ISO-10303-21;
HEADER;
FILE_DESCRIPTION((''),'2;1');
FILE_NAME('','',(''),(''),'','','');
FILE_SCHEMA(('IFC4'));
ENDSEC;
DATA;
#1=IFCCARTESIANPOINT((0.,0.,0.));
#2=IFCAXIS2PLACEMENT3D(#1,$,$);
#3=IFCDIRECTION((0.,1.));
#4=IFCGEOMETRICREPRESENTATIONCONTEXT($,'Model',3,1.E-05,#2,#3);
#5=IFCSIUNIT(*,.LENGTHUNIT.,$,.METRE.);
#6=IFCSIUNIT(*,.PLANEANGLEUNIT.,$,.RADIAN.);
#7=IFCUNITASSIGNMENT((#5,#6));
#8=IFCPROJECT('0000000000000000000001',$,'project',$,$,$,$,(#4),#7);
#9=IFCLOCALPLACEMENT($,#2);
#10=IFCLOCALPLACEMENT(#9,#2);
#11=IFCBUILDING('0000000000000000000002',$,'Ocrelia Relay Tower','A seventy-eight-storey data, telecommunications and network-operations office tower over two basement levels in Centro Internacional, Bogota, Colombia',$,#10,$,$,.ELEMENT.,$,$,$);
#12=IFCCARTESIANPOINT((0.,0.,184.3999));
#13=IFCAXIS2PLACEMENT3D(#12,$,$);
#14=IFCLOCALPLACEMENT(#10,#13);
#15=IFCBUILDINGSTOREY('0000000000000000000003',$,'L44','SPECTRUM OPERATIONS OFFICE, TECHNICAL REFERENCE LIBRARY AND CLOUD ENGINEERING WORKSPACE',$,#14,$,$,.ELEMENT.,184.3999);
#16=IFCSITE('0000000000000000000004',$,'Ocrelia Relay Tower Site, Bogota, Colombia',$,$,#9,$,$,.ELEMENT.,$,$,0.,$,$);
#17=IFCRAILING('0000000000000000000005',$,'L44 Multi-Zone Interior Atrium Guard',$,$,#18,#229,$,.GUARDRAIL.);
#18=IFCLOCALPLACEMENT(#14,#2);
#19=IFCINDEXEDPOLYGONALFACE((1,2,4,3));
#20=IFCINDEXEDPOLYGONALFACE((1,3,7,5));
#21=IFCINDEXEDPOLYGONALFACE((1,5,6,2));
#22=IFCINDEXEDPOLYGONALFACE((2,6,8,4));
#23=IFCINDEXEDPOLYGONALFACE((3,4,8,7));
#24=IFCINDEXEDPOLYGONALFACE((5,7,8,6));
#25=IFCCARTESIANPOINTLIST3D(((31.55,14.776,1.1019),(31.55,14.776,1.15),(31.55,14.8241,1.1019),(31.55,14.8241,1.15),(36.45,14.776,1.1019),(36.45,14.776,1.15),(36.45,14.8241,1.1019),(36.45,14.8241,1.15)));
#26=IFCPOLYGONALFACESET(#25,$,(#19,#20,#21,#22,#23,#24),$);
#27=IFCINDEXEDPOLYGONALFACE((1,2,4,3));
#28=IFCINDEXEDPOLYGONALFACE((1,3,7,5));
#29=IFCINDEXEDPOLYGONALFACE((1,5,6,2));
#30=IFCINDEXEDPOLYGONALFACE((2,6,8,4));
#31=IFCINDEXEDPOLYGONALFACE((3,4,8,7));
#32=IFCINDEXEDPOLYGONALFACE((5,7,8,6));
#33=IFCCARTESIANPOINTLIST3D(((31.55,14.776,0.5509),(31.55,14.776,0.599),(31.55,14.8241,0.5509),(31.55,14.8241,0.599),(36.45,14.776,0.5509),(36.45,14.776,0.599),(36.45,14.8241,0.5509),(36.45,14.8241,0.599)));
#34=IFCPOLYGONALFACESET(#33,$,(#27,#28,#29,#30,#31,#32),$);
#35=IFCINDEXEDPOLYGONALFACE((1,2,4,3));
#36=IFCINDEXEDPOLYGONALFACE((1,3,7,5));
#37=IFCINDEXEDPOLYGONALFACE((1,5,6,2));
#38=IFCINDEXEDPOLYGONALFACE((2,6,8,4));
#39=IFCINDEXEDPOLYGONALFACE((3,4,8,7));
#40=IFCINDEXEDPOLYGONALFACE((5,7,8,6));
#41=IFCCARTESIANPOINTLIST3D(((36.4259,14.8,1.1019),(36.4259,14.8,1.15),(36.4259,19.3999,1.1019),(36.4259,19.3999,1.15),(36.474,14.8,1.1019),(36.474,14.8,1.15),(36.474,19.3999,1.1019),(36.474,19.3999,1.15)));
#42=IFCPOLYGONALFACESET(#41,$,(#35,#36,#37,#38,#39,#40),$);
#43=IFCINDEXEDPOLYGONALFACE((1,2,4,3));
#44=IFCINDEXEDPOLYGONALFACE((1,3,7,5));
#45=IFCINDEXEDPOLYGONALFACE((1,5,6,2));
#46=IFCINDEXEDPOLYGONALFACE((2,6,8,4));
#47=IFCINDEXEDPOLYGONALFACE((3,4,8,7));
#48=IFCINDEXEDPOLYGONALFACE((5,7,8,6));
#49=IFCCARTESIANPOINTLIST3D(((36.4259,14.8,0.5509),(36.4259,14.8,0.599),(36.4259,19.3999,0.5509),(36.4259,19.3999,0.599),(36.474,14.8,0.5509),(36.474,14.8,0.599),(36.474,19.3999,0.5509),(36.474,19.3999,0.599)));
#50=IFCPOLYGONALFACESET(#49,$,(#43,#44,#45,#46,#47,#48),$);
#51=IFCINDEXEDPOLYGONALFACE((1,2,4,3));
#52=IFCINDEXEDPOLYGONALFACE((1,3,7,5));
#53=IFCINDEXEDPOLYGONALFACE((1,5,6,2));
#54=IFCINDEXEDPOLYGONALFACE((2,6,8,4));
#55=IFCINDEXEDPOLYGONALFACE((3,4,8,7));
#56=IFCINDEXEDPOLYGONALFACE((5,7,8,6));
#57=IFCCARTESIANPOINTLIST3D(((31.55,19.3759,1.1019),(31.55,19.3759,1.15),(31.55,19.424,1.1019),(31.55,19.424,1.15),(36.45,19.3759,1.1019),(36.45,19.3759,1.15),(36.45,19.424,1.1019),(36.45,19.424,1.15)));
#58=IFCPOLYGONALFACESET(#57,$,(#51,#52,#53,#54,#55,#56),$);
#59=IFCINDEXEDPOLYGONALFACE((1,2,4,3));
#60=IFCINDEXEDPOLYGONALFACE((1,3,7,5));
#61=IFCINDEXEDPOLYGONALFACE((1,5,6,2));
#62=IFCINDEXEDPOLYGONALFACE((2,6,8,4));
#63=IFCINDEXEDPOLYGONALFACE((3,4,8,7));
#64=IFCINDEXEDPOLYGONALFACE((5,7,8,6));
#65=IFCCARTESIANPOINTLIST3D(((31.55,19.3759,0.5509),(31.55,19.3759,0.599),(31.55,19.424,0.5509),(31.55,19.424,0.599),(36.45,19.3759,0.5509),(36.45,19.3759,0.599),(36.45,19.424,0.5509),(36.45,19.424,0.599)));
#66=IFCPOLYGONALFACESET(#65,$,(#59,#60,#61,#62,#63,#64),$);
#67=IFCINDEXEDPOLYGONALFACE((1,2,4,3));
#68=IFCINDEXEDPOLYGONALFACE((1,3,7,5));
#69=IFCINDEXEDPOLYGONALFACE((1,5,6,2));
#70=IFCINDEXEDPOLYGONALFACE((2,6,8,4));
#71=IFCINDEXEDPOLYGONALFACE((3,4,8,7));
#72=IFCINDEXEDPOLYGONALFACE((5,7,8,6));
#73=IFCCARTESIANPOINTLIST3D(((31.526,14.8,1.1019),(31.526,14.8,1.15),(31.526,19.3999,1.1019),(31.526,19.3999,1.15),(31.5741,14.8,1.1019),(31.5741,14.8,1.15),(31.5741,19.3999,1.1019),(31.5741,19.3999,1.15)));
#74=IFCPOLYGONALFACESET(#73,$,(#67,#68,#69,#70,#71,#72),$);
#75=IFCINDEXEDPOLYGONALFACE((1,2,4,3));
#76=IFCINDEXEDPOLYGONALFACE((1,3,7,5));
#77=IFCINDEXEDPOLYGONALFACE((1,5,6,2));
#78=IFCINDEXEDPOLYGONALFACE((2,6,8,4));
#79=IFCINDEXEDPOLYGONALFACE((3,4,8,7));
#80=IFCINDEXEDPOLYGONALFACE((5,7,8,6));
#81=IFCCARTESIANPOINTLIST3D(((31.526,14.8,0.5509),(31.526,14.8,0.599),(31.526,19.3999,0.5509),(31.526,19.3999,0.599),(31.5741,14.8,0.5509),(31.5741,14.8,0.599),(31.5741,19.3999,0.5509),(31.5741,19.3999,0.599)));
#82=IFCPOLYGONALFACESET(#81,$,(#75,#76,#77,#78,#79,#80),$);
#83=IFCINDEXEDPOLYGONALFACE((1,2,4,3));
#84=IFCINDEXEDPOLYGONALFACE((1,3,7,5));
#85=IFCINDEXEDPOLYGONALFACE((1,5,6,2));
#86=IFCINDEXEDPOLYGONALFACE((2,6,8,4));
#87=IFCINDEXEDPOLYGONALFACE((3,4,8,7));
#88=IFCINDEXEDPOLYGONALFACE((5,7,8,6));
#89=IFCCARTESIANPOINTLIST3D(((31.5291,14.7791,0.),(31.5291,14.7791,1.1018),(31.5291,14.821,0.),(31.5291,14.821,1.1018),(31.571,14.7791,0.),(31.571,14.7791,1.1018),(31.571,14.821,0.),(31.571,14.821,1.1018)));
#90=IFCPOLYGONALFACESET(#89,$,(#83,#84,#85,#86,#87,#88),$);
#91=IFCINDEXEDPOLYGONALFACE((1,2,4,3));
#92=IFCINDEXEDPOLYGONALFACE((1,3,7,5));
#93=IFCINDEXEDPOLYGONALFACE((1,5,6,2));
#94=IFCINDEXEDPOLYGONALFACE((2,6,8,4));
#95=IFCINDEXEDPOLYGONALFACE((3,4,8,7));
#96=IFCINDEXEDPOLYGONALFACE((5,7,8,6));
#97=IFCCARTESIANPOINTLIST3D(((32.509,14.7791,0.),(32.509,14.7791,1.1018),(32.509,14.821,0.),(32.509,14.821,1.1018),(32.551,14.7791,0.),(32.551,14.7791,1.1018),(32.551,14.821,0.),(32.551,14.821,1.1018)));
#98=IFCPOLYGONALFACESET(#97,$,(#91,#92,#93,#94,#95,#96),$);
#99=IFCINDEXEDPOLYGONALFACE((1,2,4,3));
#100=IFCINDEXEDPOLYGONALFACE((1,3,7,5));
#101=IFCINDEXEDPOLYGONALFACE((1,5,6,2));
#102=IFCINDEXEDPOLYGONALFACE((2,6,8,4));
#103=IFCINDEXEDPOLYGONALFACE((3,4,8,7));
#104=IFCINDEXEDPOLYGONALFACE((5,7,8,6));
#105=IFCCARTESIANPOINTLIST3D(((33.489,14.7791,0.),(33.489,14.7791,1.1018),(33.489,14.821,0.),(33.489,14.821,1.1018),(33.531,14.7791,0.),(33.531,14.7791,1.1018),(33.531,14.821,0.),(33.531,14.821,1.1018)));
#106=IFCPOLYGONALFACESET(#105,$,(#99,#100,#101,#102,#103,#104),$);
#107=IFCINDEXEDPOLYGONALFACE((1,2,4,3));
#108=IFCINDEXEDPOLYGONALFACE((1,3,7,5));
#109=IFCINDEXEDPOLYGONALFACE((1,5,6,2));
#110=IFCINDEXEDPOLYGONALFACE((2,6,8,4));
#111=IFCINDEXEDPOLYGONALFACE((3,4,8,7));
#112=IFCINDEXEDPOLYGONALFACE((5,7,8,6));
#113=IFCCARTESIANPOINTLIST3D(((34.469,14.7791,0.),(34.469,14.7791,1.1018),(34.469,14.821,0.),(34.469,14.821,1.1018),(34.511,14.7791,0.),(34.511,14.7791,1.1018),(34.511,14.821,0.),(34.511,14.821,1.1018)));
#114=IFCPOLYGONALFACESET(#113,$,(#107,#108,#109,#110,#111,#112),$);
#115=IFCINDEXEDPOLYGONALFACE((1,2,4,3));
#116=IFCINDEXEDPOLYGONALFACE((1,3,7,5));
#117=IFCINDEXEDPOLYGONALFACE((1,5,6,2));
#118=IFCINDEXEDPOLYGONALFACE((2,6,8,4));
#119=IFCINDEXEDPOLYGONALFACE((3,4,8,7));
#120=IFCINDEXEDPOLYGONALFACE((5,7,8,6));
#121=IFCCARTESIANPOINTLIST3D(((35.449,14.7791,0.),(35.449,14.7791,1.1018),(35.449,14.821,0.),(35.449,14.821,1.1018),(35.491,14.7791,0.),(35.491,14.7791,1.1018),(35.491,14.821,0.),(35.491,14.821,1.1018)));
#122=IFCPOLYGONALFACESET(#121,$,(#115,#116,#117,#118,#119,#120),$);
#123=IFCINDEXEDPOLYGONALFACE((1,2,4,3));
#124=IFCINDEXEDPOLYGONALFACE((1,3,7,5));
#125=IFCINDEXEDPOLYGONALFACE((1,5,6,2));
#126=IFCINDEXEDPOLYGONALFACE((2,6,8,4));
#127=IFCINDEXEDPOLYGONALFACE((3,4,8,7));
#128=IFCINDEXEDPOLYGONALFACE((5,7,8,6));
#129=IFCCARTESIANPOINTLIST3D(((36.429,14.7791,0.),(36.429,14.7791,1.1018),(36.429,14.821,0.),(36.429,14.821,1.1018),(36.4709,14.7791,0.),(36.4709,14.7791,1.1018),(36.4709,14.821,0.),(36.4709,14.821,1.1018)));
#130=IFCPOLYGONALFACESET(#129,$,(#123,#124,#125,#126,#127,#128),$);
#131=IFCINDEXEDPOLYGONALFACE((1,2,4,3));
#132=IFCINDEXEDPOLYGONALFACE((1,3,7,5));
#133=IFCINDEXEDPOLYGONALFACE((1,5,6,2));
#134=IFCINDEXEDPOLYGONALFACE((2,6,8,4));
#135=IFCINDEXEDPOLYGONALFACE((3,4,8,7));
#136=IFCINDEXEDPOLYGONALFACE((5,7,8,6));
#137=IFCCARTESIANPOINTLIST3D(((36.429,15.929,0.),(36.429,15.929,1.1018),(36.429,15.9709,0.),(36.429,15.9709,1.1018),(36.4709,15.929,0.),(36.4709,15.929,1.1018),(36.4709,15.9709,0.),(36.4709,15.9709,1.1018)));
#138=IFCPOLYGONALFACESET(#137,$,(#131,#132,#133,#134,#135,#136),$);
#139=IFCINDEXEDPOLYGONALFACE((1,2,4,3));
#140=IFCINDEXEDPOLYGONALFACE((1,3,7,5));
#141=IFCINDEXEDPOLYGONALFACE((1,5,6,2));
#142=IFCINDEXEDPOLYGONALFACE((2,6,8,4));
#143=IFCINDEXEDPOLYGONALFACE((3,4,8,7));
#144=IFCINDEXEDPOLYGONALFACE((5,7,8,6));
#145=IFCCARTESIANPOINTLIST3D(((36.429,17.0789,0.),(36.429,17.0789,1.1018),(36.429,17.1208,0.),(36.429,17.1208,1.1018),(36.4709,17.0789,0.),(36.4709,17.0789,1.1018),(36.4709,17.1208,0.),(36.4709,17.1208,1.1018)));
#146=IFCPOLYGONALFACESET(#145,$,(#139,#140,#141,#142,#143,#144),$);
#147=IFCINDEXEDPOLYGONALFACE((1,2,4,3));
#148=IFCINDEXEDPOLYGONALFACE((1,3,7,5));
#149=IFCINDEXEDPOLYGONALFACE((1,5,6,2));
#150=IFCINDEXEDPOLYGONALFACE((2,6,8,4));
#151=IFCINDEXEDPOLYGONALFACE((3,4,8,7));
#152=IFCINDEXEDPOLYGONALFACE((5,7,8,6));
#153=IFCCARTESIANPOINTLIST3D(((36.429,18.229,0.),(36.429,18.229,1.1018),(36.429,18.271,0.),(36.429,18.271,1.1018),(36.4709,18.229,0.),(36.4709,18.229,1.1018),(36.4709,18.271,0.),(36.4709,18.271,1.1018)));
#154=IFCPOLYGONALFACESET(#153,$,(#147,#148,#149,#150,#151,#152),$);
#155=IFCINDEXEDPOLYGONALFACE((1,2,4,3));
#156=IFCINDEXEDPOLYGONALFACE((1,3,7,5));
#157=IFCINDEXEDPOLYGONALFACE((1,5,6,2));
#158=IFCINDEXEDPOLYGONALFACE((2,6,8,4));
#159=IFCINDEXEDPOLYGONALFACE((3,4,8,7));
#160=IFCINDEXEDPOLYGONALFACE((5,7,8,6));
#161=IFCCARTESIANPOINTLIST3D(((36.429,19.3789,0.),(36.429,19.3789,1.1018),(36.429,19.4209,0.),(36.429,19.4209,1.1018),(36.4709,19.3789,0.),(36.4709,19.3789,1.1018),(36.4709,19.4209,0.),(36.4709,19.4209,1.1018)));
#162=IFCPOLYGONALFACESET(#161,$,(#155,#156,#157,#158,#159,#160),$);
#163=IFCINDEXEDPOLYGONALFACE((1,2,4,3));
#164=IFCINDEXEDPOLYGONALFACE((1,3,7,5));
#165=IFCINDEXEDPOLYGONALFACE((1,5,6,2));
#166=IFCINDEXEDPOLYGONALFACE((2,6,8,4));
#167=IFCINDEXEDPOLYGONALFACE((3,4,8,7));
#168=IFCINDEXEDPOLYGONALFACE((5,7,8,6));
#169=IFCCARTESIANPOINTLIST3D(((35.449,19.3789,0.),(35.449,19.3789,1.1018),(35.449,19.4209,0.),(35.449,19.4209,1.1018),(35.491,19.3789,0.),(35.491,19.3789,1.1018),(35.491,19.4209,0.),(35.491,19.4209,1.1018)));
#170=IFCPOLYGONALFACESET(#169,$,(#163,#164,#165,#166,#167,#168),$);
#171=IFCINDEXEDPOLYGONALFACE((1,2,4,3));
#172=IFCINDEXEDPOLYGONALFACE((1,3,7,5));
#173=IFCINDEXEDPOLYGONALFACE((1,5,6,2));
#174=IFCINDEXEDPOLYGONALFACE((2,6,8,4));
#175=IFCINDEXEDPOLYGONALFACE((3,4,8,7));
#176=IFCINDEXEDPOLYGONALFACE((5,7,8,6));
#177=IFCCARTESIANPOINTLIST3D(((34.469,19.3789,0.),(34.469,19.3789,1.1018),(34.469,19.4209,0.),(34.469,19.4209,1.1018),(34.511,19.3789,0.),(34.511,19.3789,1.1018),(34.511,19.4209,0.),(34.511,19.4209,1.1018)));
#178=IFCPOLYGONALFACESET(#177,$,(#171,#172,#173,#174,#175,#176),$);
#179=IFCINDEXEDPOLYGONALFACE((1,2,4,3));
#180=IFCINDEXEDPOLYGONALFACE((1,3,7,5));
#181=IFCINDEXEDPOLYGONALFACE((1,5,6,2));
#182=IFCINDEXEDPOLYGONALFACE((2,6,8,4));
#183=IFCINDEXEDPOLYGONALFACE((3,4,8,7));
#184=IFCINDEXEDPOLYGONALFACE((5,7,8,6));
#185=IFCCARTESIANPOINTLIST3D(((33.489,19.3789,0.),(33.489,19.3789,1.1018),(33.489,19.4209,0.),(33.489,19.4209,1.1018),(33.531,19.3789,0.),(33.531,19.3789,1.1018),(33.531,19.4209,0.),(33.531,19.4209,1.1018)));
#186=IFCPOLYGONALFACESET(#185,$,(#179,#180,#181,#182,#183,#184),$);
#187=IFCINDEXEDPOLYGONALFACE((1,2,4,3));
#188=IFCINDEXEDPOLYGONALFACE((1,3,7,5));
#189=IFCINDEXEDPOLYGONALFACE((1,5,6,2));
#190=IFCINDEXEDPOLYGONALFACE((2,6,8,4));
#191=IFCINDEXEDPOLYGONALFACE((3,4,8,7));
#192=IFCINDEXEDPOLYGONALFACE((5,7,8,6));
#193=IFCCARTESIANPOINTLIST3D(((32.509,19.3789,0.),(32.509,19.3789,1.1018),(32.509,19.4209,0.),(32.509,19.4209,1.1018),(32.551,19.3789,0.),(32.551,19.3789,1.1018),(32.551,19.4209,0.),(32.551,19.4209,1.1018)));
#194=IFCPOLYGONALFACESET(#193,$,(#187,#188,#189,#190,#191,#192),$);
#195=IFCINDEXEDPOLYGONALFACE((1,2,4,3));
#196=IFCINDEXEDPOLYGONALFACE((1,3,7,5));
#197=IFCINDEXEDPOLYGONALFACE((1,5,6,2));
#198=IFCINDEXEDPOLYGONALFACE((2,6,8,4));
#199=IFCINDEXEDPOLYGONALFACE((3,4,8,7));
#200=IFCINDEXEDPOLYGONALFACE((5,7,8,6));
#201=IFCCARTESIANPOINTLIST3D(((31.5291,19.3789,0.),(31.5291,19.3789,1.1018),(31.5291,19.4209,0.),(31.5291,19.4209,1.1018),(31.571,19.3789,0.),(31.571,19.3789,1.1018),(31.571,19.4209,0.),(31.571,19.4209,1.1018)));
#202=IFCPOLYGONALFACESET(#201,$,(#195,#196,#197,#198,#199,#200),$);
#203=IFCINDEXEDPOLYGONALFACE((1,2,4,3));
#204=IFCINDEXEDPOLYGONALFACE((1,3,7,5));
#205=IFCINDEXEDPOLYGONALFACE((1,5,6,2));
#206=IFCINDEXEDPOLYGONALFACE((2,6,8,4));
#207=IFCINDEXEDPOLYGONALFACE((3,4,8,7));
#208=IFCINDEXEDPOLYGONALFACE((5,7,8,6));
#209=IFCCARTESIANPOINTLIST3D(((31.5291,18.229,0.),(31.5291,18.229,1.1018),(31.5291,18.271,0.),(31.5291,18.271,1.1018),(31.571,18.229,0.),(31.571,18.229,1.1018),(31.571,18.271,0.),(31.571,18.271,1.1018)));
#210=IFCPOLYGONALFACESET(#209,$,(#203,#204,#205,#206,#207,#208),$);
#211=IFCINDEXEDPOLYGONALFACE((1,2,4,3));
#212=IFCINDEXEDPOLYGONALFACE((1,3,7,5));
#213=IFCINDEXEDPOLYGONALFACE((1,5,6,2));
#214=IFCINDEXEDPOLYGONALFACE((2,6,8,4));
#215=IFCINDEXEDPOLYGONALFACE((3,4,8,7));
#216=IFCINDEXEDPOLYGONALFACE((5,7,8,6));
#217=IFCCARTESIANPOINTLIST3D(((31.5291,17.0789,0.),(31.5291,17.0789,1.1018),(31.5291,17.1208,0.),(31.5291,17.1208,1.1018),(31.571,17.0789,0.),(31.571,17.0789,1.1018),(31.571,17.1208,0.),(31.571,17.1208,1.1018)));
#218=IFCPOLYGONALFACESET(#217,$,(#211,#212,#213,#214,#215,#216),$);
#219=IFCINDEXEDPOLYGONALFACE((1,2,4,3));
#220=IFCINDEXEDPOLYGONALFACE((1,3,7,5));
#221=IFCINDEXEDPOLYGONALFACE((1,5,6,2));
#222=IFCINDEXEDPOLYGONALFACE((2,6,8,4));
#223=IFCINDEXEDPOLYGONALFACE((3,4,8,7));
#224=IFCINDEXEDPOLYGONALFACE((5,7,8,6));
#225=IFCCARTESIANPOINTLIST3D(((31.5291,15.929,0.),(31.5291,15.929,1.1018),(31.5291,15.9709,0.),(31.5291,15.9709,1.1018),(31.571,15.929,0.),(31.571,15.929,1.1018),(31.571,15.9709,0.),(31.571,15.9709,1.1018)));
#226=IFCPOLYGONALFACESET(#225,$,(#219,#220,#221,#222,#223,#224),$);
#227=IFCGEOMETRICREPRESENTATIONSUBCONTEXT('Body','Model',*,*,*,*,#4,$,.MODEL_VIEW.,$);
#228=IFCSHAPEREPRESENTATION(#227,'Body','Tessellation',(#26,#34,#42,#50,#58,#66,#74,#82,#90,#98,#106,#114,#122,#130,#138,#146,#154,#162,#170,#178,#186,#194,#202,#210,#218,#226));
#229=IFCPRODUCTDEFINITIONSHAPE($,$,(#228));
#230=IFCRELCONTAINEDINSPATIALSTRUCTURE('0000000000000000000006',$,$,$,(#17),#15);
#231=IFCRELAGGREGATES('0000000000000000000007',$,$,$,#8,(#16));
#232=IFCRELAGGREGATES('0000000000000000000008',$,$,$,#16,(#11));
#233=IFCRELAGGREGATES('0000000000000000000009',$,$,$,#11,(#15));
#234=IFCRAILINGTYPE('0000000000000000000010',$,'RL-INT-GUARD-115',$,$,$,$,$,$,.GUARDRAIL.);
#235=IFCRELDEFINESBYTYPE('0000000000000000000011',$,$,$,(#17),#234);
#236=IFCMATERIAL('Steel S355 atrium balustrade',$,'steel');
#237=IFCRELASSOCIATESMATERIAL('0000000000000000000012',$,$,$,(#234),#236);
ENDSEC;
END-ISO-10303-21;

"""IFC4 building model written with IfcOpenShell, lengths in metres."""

from ifc_helpers import new_model, si_unit, direction, frame, origin, origin_2d, place, context, subcontext, project, spatial, rectangle, extrude, material, type_object, element, save


model = new_model("IFC4")

# Units and contexts
model_context = context("Model", 3, precision=1e-05, world=origin(), true_north=direction((0.0, 1.0)))
body_context = subcontext(model_context, "Body", "Model", "MODEL_VIEW")
ifc_project = project(units=[si_unit("LENGTHUNIT", "METRE"), si_unit("PLANEANGLEUNIT", "RADIAN")], contexts=[model_context])

# Site, building, storey
site_placement = place(None, origin())
site = spatial("IfcSite", under=ifc_project, at=site_placement, Name="Ocrelia Relay Tower Site, Bogota, Colombia", CompositionType="ELEMENT", RefElevation=0.0)
building_placement = place(site_placement, origin())
building = spatial("IfcBuilding", under=site, at=building_placement, Name="Ocrelia Relay Tower", Description="A seventy-eight-storey data, telecommunications and network-operations office tower over two basement levels in Centro Internacional, Bogota, Colombia", CompositionType="ELEMENT")
storey_placement = place(building_placement, frame((0.0, 0.0, 184.3999)))
storey = spatial("IfcBuildingStorey", under=building, at=storey_placement, Name="L44", Description="SPECTRUM OPERATIONS OFFICE, TECHNICAL REFERENCE LIBRARY AND CLOUD ENGINEERING WORKSPACE", CompositionType="ELEMENT", Elevation=184.3999)

# Railing
ifc_material_1 = material(Name="Steel S355 atrium balustrade", Category="steel")
railing_type_1 = type_object("IfcRailingType", Name="RL-INT-GUARD-115", PredefinedType="GUARDRAIL", material=ifc_material_1)
railing_1_placement = place(storey_placement, frame((31.55, 14.8, 0.0)))
element("IfcRailing", 1, at=railing_1_placement, inside=storey, type_object=railing_type_1, Name="L44 Multi-Zone Interior Atrium Guard", PredefinedType="GUARDRAIL", context=body_context, shape_type="SweptSolid", body=[
    extrude(rectangle(XDim=0.0481, YDim=0.0481, at=origin_2d()), frame((0.0, 0.0, 1.126), z_axis=(1.0, 0.0, 0.0), x_axis=(0.0, 1.0, 0.0)), (0.0, 0.0, 1.0), 4.8999),
    extrude(rectangle(XDim=0.0481, YDim=0.0481, at=origin_2d()), frame((0.0, 0.0, 0.575), z_axis=(1.0, 0.0, 0.0), x_axis=(0.0, 1.0, 0.0)), (0.0, 0.0, 1.0), 4.8999),
    extrude(rectangle(XDim=0.0481, YDim=0.0481, at=origin_2d()), frame((4.8999, 0.0, 1.126), z_axis=(0.0, 1.0, 0.0), x_axis=(-1.0, 0.0, 0.0)), (0.0, 0.0, 1.0), 4.5999),
    extrude(rectangle(XDim=0.0481, YDim=0.0481, at=origin_2d()), frame((4.8999, 0.0, 0.575), z_axis=(0.0, 1.0, 0.0), x_axis=(-1.0, 0.0, 0.0)), (0.0, 0.0, 1.0), 4.5999),
    extrude(rectangle(XDim=0.0481, YDim=0.0481, at=origin_2d()), frame((4.8999, 4.5999, 1.126), z_axis=(-1.0, 0.0, 0.0), x_axis=(0.0, -1.0, 0.0)), (0.0, 0.0, 1.0), 4.8999),
    extrude(rectangle(XDim=0.0481, YDim=0.0481, at=origin_2d()), frame((4.8999, 4.5999, 0.575), z_axis=(-1.0, 0.0, 0.0), x_axis=(0.0, -1.0, 0.0)), (0.0, 0.0, 1.0), 4.8999),
    extrude(rectangle(XDim=0.0481, YDim=0.0481, at=origin_2d()), frame((0.0, 4.5999, 1.126), z_axis=(0.0, -1.0, 0.0), x_axis=(1.0, 0.0, 0.0)), (0.0, 0.0, 1.0), 4.5999),
    extrude(rectangle(XDim=0.0481, YDim=0.0481, at=origin_2d()), frame((0.0, 4.5999, 0.575), z_axis=(0.0, -1.0, 0.0), x_axis=(1.0, 0.0, 0.0)), (0.0, 0.0, 1.0), 4.5999),
    extrude(rectangle(XDim=0.042, YDim=0.042, at=origin_2d()), origin(), (0.0, 0.0, 1.0), 1.1018),
    extrude(rectangle(XDim=0.042, YDim=0.042, at=origin_2d()), frame((0.98, 0.0, 0.0)), (0.0, 0.0, 1.0), 1.1018),
    extrude(rectangle(XDim=0.042, YDim=0.042, at=origin_2d()), frame((1.96, 0.0, 0.0)), (0.0, 0.0, 1.0), 1.1018),
    extrude(rectangle(XDim=0.042, YDim=0.042, at=origin_2d()), frame((2.9399, 0.0, 0.0)), (0.0, 0.0, 1.0), 1.1018),
    extrude(rectangle(XDim=0.042, YDim=0.042, at=origin_2d()), frame((3.9199, 0.0, 0.0)), (0.0, 0.0, 1.0), 1.1018),
    extrude(rectangle(XDim=0.042, YDim=0.042, at=origin_2d()), frame((4.8999, 0.0, 0.0)), (0.0, 0.0, 1.0), 1.1018),
    extrude(rectangle(XDim=0.042, YDim=0.042, at=origin_2d()), frame((4.8999, 1.1499, 0.0)), (0.0, 0.0, 1.0), 1.1018),
    extrude(rectangle(XDim=0.042, YDim=0.042, at=origin_2d()), frame((4.8999, 2.2998, 0.0)), (0.0, 0.0, 1.0), 1.1018),
    extrude(rectangle(XDim=0.042, YDim=0.042, at=origin_2d()), frame((4.8999, 3.45, 0.0)), (0.0, 0.0, 1.0), 1.1018),
    extrude(rectangle(XDim=0.042, YDim=0.042, at=origin_2d()), frame((4.8999, 4.5999, 0.0)), (0.0, 0.0, 1.0), 1.1018),
    extrude(rectangle(XDim=0.042, YDim=0.042, at=origin_2d()), frame((3.9199, 4.5999, 0.0)), (0.0, 0.0, 1.0), 1.1018),
    extrude(rectangle(XDim=0.042, YDim=0.042, at=origin_2d()), frame((2.9399, 4.5999, 0.0)), (0.0, 0.0, 1.0), 1.1018),
    extrude(rectangle(XDim=0.042, YDim=0.042, at=origin_2d()), frame((1.96, 4.5999, 0.0)), (0.0, 0.0, 1.0), 1.1018),
    extrude(rectangle(XDim=0.042, YDim=0.042, at=origin_2d()), frame((0.98, 4.5999, 0.0)), (0.0, 0.0, 1.0), 1.1018),
    extrude(rectangle(XDim=0.042, YDim=0.042, at=origin_2d()), frame((0.0, 4.5999, 0.0)), (0.0, 0.0, 1.0), 1.1018),
    extrude(rectangle(XDim=0.042, YDim=0.042, at=origin_2d()), frame((0.0, 3.45, 0.0)), (0.0, 0.0, 1.0), 1.1018),
    extrude(rectangle(XDim=0.042, YDim=0.042, at=origin_2d()), frame((0.0, 2.2998, 0.0)), (0.0, 0.0, 1.0), 1.1018),
    extrude(rectangle(XDim=0.042, YDim=0.042, at=origin_2d()), frame((0.0, 1.1499, 0.0)), (0.0, 0.0, 1.0), 1.1018),
])

save(model, "model.ifc")
